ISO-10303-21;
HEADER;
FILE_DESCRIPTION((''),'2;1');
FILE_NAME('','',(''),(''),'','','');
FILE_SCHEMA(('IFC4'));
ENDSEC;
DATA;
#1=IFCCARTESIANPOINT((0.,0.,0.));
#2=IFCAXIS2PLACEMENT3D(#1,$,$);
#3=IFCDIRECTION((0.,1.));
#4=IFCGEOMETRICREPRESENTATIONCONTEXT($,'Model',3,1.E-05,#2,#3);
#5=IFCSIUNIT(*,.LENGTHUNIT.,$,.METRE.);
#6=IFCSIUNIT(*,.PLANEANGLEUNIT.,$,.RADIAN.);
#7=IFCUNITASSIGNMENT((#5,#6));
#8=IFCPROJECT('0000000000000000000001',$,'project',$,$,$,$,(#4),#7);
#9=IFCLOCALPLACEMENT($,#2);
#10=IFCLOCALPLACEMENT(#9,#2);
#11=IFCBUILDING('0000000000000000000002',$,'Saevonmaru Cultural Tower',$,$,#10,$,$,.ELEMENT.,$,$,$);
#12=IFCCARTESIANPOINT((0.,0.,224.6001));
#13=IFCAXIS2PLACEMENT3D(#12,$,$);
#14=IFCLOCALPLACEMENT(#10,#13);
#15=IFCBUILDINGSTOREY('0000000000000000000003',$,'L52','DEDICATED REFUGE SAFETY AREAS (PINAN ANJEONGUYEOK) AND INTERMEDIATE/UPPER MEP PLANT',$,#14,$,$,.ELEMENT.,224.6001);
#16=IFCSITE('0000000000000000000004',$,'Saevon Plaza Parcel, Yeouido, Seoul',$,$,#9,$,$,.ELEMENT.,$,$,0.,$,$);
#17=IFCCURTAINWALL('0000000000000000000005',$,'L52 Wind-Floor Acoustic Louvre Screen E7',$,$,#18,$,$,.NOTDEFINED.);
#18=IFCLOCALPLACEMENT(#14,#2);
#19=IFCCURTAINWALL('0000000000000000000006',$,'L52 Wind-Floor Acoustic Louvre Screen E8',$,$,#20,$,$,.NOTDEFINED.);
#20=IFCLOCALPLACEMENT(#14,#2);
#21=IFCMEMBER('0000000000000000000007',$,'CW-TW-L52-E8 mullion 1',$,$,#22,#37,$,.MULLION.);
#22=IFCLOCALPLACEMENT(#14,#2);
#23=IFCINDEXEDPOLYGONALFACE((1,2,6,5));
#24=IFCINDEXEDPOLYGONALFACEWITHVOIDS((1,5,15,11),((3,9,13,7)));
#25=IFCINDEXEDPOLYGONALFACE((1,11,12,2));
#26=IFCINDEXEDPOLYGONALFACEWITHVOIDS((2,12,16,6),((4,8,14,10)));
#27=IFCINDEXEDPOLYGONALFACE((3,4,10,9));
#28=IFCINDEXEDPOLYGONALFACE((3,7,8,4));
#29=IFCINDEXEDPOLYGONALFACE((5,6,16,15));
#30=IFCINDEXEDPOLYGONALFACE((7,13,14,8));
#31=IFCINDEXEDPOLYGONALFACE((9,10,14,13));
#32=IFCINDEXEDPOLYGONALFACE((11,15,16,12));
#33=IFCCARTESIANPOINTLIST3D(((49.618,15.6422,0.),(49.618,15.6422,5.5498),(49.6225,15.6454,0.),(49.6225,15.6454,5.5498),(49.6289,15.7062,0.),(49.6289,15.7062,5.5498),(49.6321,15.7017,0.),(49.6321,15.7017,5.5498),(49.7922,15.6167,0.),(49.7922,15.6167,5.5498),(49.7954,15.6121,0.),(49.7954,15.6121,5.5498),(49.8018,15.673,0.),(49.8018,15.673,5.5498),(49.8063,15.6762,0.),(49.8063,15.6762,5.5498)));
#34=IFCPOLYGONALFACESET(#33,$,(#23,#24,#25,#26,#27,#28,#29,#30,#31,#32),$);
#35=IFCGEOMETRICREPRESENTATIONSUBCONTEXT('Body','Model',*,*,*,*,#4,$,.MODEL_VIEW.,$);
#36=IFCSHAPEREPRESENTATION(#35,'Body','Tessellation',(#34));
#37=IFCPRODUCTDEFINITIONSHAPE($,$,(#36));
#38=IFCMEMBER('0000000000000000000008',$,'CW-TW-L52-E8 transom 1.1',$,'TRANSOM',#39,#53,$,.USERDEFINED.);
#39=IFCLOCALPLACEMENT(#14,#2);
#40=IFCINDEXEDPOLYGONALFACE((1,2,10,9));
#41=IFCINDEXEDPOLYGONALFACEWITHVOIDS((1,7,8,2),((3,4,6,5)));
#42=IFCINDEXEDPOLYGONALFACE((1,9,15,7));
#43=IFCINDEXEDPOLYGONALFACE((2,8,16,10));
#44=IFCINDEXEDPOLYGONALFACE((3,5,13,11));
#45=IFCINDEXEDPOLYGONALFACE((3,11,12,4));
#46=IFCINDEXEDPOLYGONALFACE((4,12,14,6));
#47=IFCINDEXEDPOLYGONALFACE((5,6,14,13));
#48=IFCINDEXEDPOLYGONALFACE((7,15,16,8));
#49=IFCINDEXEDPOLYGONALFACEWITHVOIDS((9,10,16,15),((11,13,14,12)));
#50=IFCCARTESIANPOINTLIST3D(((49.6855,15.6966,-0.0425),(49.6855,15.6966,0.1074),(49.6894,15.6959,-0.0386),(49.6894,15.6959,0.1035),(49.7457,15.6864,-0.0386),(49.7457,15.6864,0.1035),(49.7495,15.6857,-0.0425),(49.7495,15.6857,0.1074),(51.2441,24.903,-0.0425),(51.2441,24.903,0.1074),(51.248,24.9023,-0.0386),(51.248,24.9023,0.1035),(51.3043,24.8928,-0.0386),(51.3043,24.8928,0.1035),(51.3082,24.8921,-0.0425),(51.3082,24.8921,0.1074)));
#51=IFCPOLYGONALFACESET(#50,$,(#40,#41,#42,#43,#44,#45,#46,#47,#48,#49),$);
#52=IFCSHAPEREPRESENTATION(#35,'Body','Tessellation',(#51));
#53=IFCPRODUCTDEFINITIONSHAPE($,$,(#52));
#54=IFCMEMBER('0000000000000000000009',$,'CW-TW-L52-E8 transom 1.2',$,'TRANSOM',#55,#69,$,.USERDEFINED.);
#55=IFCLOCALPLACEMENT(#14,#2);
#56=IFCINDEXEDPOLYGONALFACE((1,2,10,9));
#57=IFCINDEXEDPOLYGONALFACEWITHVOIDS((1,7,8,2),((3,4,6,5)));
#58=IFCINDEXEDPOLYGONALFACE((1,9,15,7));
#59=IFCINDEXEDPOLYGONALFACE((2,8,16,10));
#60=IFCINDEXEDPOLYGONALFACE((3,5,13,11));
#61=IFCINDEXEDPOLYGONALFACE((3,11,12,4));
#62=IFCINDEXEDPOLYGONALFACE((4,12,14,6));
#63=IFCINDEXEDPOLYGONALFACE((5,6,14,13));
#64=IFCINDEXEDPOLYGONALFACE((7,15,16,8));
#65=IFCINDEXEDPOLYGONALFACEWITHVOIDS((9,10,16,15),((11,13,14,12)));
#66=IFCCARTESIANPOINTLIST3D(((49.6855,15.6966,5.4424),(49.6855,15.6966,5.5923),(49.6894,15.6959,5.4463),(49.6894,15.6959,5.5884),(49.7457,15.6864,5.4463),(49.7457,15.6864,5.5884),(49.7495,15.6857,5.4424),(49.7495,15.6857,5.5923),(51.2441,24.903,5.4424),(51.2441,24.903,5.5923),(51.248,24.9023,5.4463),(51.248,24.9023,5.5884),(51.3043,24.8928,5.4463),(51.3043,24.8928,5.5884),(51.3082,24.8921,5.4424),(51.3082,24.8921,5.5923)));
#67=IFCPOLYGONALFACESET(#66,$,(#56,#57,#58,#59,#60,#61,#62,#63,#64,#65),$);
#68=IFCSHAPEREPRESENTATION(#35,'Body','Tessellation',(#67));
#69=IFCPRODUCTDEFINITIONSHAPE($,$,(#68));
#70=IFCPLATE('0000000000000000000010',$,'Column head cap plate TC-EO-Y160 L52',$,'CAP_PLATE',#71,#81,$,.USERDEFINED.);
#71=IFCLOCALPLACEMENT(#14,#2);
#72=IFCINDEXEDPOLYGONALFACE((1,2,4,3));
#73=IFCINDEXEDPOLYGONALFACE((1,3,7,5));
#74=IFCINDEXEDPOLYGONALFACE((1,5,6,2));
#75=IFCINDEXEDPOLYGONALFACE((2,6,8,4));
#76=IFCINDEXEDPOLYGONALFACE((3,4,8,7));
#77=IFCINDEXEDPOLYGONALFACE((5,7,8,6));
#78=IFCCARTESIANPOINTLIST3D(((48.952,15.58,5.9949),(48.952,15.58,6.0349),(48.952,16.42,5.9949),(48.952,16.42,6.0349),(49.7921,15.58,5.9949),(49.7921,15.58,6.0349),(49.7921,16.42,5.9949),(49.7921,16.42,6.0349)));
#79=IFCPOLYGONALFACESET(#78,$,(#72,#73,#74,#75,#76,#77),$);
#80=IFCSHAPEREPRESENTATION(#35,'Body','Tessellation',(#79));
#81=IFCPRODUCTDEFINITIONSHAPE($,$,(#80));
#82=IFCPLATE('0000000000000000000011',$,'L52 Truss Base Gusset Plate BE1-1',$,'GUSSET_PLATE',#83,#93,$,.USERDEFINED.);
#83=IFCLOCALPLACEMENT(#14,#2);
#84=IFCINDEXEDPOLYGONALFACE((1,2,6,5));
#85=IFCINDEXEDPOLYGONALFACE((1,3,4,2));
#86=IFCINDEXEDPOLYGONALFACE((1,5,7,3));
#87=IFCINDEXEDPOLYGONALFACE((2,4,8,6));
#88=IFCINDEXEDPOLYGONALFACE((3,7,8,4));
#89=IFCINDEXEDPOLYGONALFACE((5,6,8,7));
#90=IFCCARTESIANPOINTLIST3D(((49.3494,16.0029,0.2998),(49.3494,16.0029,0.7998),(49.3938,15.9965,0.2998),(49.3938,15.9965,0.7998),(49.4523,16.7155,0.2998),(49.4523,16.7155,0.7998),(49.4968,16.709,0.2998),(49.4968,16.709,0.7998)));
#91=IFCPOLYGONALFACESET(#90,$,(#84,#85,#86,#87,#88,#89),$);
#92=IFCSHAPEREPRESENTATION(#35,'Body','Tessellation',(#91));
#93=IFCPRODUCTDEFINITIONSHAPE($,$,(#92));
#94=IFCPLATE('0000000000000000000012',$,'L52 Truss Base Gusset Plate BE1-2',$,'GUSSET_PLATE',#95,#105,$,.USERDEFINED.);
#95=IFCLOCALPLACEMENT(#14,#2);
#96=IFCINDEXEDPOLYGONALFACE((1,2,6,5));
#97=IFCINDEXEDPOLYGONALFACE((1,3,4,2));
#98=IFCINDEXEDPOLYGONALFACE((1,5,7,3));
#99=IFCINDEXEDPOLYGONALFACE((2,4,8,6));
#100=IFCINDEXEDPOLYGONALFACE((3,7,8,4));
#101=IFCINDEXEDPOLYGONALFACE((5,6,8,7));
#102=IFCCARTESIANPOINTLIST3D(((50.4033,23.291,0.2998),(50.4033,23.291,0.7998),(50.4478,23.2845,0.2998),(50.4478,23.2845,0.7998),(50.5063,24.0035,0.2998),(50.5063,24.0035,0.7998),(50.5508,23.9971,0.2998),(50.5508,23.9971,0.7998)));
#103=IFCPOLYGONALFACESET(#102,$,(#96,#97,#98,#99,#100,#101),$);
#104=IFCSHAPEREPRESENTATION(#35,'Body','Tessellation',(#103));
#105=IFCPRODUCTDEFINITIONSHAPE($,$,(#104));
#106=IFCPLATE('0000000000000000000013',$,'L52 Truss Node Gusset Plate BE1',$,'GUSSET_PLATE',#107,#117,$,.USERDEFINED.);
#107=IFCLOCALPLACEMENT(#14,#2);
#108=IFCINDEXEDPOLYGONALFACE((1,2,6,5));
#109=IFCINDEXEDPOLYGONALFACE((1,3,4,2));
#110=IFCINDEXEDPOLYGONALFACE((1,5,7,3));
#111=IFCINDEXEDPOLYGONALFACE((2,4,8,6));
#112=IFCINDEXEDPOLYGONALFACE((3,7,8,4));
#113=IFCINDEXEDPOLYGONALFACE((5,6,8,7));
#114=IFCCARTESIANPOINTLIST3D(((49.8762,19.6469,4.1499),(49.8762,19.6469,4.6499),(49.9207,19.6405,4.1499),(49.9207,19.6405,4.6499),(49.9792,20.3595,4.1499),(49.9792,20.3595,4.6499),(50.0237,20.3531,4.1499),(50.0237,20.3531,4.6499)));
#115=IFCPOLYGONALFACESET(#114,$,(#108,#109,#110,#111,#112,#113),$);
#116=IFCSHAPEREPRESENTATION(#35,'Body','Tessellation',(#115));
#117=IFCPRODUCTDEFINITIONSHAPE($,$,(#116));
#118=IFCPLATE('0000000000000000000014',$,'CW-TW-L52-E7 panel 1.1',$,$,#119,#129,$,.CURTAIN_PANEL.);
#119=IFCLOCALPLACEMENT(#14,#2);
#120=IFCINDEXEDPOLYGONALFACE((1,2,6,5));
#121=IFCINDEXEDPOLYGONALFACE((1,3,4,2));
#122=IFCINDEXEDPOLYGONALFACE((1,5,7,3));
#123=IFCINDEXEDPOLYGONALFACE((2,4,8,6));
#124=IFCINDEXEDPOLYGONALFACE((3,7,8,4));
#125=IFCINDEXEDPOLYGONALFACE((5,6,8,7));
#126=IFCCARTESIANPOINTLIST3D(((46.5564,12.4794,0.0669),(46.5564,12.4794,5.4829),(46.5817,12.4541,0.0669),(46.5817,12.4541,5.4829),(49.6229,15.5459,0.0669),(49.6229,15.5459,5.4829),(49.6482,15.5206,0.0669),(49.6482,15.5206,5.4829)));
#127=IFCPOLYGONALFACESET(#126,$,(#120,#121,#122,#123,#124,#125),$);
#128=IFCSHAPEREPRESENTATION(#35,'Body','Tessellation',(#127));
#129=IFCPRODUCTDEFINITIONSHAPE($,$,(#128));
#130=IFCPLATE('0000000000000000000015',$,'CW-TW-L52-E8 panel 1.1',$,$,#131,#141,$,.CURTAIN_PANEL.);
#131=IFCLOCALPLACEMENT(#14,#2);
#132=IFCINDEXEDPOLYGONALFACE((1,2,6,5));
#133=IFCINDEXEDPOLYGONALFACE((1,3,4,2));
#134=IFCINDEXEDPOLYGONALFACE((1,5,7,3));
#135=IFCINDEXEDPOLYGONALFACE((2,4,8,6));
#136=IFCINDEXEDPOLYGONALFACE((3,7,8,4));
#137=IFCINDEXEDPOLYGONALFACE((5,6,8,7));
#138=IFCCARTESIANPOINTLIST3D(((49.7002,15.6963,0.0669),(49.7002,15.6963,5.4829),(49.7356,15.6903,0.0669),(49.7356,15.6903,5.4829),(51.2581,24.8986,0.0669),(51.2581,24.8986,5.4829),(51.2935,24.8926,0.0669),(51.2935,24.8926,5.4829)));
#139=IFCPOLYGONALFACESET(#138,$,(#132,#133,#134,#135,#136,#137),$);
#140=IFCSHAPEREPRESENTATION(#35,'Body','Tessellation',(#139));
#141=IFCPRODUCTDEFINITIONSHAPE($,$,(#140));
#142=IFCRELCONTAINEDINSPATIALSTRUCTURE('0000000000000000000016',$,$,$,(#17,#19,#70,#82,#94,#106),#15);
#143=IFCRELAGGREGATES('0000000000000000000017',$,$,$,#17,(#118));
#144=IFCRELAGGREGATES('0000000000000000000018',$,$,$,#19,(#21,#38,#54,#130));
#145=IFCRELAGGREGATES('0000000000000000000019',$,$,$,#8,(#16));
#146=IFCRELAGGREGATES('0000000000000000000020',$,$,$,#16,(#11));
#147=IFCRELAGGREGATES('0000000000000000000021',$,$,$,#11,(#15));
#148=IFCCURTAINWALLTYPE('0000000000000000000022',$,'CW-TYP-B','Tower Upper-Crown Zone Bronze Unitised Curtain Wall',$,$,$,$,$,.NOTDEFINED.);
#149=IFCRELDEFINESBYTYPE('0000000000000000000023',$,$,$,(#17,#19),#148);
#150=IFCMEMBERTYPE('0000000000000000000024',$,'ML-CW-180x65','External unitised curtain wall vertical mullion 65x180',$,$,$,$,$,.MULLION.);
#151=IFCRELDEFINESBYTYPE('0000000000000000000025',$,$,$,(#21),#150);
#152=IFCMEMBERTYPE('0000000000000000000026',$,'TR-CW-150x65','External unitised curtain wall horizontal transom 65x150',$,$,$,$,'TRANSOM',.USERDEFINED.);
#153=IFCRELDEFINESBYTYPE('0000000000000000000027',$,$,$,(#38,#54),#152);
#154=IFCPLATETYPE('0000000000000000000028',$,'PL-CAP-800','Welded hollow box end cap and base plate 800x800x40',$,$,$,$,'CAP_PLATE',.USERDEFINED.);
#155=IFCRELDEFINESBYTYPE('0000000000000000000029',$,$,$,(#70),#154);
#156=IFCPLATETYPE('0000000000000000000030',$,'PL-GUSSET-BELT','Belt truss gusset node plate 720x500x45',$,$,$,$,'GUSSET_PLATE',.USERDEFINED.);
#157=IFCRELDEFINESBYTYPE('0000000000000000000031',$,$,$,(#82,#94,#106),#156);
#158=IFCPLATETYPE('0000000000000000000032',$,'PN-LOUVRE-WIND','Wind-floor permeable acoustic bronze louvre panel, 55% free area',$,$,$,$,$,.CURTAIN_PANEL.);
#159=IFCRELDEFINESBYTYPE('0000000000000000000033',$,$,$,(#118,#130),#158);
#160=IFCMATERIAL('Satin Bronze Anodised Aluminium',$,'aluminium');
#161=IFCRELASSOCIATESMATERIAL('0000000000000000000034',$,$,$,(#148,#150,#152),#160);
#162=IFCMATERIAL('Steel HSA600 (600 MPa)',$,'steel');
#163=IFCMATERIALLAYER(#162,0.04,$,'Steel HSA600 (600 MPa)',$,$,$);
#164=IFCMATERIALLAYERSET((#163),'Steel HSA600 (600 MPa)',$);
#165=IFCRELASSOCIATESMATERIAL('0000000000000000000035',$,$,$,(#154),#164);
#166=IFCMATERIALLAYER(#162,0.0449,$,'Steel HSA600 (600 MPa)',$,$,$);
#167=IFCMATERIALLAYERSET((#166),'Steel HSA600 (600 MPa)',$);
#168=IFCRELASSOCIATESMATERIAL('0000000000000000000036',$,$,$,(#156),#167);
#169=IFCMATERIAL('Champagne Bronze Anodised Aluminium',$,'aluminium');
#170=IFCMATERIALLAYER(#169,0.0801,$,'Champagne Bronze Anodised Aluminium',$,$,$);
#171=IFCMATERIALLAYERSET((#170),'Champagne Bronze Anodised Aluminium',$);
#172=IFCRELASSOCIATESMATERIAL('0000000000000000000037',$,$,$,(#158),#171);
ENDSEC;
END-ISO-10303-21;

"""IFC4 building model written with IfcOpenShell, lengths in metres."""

from ifc_helpers import new_model, si_unit, direction, frame, origin, origin_2d, place, context, subcontext, project, spatial, rectangle, hollow_rectangle, extrude, material, layer, layer_set, material_profile, profile_set, type_object, element, aggregate, save


model = new_model("IFC4")

# Units and contexts
model_context = context("Model", 3, precision=1e-05, world=origin(), true_north=direction((0.0, 1.0)))
body_context = subcontext(model_context, "Body", "Model", "MODEL_VIEW")
ifc_project = project(units=[si_unit("LENGTHUNIT", "METRE"), si_unit("PLANEANGLEUNIT", "RADIAN")], contexts=[model_context])

# Site, building, storey
site_placement = place(None, origin())
site = spatial("IfcSite", under=ifc_project, at=site_placement, Name="Saevon Plaza Parcel, Yeouido, Seoul", CompositionType="ELEMENT", RefElevation=0.0)
building_placement = place(site_placement, origin())
building = spatial("IfcBuilding", under=site, at=building_placement, Name="Saevonmaru Cultural Tower", CompositionType="ELEMENT")
storey_placement = place(building_placement, frame((0.0, 0.0, 224.6001)))
storey = spatial("IfcBuildingStorey", under=building, at=storey_placement, Name="L52", Description="DEDICATED REFUGE SAFETY AREAS (PINAN ANJEONGUYEOK) AND INTERMEDIATE/UPPER MEP PLANT", CompositionType="ELEMENT", Elevation=224.6001)

# Shared definitions
ifc_material_1 = material(Name="Steel HSA600 (600 MPa)", Category="steel")

# Curtain wall
ifc_material_2 = material(Name="Satin Bronze Anodised Aluminium", Category="aluminium")
curtain_wall_type = type_object("IfcCurtainWallType", Name="CW-TYP-B", Description="Tower Upper-Crown Zone Bronze Unitised Curtain Wall", PredefinedType="NOTDEFINED", material=ifc_material_2)
curtain_wall_1_placement = place(storey_placement, origin())
curtain_wall_1 = element("IfcCurtainWall", 1, at=curtain_wall_1_placement, inside=storey, type_object=curtain_wall_type, Name="L52 Wind-Floor Acoustic Louvre Screen E7", PredefinedType="NOTDEFINED")
ifc_material_profile_1 = material_profile(ifc_material_2, hollow_rectangle(XDim=0.0649, YDim=0.1799, WallThickness=0.0039, at=origin_2d()), Name="ALU-MULL-180x65x4")
ifc_profile_set_1 = profile_set([ifc_material_profile_1], Name="Satin Bronze Anodised Aluminium")
member_type_1 = type_object("IfcMemberType", Name="ML-CW-180x65", Description="External unitised curtain wall vertical mullion 65x180", PredefinedType="MULLION", material=ifc_profile_set_1)

# Curtain wall, members
curtain_wall_2_placement = place(storey_placement, origin())
curtain_wall_2 = element("IfcCurtainWall", 2, at=curtain_wall_2_placement, inside=storey, type_object=curtain_wall_type, Name="L52 Wind-Floor Acoustic Louvre Screen E8", PredefinedType="NOTDEFINED")
member_1_placement = place(storey_placement, frame((49.7122, 15.6592, 0.0), z_axis=(0.0, 0.0, 1.0), x_axis=(0.166922, 0.98597, 0.0)))
member_1 = element("IfcMember", 3, at=member_1_placement, type_object=member_type_1, Name="CW-TW-L52-E8 mullion 1", PredefinedType="MULLION", context=body_context, shape_type="SweptSolid", body=[
    extrude(hollow_rectangle(XDim=0.0649, YDim=0.1799, WallThickness=0.0039, at=origin_2d()), origin(), (0.0, 0.0, 1.0), 5.5498),
])
ifc_material_profile_2 = material_profile(ifc_material_2, hollow_rectangle(XDim=0.0649, YDim=0.1499, WallThickness=0.0039, at=origin_2d()), Name="ALU-TRAN-150x65x4")
ifc_profile_set_2 = profile_set([ifc_material_profile_2], Name="Satin Bronze Anodised Aluminium")
member_type_2 = type_object("IfcMemberType", Name="TR-CW-150x65", Description="External unitised curtain wall horizontal transom 65x150", ElementType="TRANSOM", PredefinedType="USERDEFINED", material=ifc_profile_set_2)
member_2_placement = place(storey_placement, frame((49.7175, 15.6912, 0.0325), z_axis=(0.166921, 0.98597, 0.0), x_axis=(-0.98597, 0.166921, 0.0)))
member_2 = element("IfcMember", 4, at=member_2_placement, type_object=member_type_2, Name="CW-TW-L52-E8 transom 1.1", ObjectType="TRANSOM", PredefinedType="USERDEFINED", context=body_context, shape_type="SweptSolid", body=[
    extrude(hollow_rectangle(XDim=0.0649, YDim=0.1499, WallThickness=0.0039, at=origin_2d()), origin(), (0.0, 0.0, 1.0), 9.3374),
])
member_3_placement = place(storey_placement, frame((49.7175, 15.6912, 5.5173), z_axis=(0.166921, 0.98597, 0.0), x_axis=(-0.98597, 0.166921, 0.0)))
member_3 = element("IfcMember", 5, at=member_3_placement, type_object=member_type_2, Name="CW-TW-L52-E8 transom 1.2", ObjectType="TRANSOM", PredefinedType="USERDEFINED", context=body_context, shape_type="SweptSolid", body=[
    extrude(hollow_rectangle(XDim=0.0649, YDim=0.1499, WallThickness=0.0039, at=origin_2d()), origin(), (0.0, 0.0, 1.0), 9.3374),
])

# Plates
ifc_layer_1 = layer(ifc_material_1, 0.04, Name="Steel HSA600 (600 MPa)")
ifc_layer_set_1 = layer_set([ifc_layer_1], Name="Steel HSA600 (600 MPa)")
plate_type_1 = type_object("IfcPlateType", Name="PL-CAP-800", Description="Welded hollow box end cap and base plate 800x800x40", ElementType="CAP_PLATE", PredefinedType="USERDEFINED", material=ifc_layer_set_1)
plate_1_placement = place(storey_placement, frame((49.3721, 16.0, 5.9949), z_axis=(0.0, 0.0, 1.0), x_axis=(1.0, 0.0, 0.0)))
element("IfcPlate", 6, at=plate_1_placement, inside=storey, type_object=plate_type_1, Name="Column head cap plate TC-EO-Y160 L52", ObjectType="CAP_PLATE", PredefinedType="USERDEFINED", context=body_context, shape_type="SweptSolid", body=[
    extrude(rectangle(XDim=0.8401, YDim=0.8401, at=origin_2d()), origin(), (0.0, 0.0, 1.0), 0.04),
])
ifc_layer_2 = layer(ifc_material_1, 0.0449, Name="Steel HSA600 (600 MPa)")
ifc_layer_set_2 = layer_set([ifc_layer_2], Name="Steel HSA600 (600 MPa)")
plate_type_2 = type_object("IfcPlateType", Name="PL-GUSSET-BELT", Description="Belt truss gusset node plate 720x500x45", ElementType="GUSSET_PLATE", PredefinedType="USERDEFINED", material=ifc_layer_set_2)
for number, where, z_axis, x_axis, name in (
    (7, (49.4231, 16.356, 0.2998), (0.0, 0.0, 1.0), (0.143009, 0.989721, 0.0), "L52 Truss Base Gusset Plate BE1-1"),
    (8, (50.4771, 23.644, 0.2998), (0.0, 0.0, 1.0), (0.143009, 0.989721, 0.0), "L52 Truss Base Gusset Plate BE1-2"),
    (9, (49.95, 20.0, 4.1499), (0.0, 0.0, 1.0), (0.143009, 0.989721, 0.0), "L52 Truss Node Gusset Plate BE1"),
):
    element("IfcPlate", number, at=place(storey_placement, frame(where, z_axis=z_axis, x_axis=x_axis)), inside=storey, type_object=plate_type_2, Name=name, ObjectType="GUSSET_PLATE", PredefinedType="USERDEFINED", context=body_context, shape_type="SweptSolid", body=[
        extrude(rectangle(XDim=0.72, YDim=0.0449, at=origin_2d()), origin(), (0.0, 0.0, 1.0), 0.5),
    ])

# Plates
ifc_material_3 = material(Name="Champagne Bronze Anodised Aluminium", Category="aluminium")
ifc_layer_3 = layer(ifc_material_3, 0.0801, Name="Champagne Bronze Anodised Aluminium")
ifc_layer_set_3 = layer_set([ifc_layer_3], Name="Champagne Bronze Anodised Aluminium")
plate_type_3 = type_object("IfcPlateType", Name="PN-LOUVRE-WIND", Description="Wind-floor permeable acoustic bronze louvre panel, 55% free area", PredefinedType="CURTAIN_PANEL", material=ifc_layer_set_3)
plate_2_placement = place(storey_placement, frame((48.1023, 14.0, 0.0669), z_axis=(0.0, 0.0, 1.0), x_axis=(0.707107, 0.707107, 0.0)))
plate_2 = element("IfcPlate", 10, at=plate_2_placement, type_object=plate_type_3, Name="CW-TW-L52-E7 panel 1.1", PredefinedType="CURTAIN_PANEL", context=body_context, shape_type="SweptSolid", body=[
    extrude(rectangle(XDim=4.3367, YDim=0.0359, at=origin_2d()), origin(), (0.0, 0.0, 1.0), 5.416),
])
aggregate(curtain_wall_1, [plate_2])
plate_3_placement = place(storey_placement, frame((50.4968, 20.2944, 0.0669), z_axis=(0.0, 0.0, 1.0), x_axis=(0.166922, 0.98597, 0.0)))
plate_3 = element("IfcPlate", 11, at=plate_3_placement, type_object=plate_type_3, Name="CW-TW-L52-E8 panel 1.1", PredefinedType="CURTAIN_PANEL", context=body_context, shape_type="SweptSolid", body=[
    extrude(rectangle(XDim=9.3333, YDim=0.0359, at=origin_2d()), origin(), (0.0, 0.0, 1.0), 5.416),
])
aggregate(curtain_wall_2, [member_1, member_2, member_3, plate_3])

save(model, "model.ifc")
